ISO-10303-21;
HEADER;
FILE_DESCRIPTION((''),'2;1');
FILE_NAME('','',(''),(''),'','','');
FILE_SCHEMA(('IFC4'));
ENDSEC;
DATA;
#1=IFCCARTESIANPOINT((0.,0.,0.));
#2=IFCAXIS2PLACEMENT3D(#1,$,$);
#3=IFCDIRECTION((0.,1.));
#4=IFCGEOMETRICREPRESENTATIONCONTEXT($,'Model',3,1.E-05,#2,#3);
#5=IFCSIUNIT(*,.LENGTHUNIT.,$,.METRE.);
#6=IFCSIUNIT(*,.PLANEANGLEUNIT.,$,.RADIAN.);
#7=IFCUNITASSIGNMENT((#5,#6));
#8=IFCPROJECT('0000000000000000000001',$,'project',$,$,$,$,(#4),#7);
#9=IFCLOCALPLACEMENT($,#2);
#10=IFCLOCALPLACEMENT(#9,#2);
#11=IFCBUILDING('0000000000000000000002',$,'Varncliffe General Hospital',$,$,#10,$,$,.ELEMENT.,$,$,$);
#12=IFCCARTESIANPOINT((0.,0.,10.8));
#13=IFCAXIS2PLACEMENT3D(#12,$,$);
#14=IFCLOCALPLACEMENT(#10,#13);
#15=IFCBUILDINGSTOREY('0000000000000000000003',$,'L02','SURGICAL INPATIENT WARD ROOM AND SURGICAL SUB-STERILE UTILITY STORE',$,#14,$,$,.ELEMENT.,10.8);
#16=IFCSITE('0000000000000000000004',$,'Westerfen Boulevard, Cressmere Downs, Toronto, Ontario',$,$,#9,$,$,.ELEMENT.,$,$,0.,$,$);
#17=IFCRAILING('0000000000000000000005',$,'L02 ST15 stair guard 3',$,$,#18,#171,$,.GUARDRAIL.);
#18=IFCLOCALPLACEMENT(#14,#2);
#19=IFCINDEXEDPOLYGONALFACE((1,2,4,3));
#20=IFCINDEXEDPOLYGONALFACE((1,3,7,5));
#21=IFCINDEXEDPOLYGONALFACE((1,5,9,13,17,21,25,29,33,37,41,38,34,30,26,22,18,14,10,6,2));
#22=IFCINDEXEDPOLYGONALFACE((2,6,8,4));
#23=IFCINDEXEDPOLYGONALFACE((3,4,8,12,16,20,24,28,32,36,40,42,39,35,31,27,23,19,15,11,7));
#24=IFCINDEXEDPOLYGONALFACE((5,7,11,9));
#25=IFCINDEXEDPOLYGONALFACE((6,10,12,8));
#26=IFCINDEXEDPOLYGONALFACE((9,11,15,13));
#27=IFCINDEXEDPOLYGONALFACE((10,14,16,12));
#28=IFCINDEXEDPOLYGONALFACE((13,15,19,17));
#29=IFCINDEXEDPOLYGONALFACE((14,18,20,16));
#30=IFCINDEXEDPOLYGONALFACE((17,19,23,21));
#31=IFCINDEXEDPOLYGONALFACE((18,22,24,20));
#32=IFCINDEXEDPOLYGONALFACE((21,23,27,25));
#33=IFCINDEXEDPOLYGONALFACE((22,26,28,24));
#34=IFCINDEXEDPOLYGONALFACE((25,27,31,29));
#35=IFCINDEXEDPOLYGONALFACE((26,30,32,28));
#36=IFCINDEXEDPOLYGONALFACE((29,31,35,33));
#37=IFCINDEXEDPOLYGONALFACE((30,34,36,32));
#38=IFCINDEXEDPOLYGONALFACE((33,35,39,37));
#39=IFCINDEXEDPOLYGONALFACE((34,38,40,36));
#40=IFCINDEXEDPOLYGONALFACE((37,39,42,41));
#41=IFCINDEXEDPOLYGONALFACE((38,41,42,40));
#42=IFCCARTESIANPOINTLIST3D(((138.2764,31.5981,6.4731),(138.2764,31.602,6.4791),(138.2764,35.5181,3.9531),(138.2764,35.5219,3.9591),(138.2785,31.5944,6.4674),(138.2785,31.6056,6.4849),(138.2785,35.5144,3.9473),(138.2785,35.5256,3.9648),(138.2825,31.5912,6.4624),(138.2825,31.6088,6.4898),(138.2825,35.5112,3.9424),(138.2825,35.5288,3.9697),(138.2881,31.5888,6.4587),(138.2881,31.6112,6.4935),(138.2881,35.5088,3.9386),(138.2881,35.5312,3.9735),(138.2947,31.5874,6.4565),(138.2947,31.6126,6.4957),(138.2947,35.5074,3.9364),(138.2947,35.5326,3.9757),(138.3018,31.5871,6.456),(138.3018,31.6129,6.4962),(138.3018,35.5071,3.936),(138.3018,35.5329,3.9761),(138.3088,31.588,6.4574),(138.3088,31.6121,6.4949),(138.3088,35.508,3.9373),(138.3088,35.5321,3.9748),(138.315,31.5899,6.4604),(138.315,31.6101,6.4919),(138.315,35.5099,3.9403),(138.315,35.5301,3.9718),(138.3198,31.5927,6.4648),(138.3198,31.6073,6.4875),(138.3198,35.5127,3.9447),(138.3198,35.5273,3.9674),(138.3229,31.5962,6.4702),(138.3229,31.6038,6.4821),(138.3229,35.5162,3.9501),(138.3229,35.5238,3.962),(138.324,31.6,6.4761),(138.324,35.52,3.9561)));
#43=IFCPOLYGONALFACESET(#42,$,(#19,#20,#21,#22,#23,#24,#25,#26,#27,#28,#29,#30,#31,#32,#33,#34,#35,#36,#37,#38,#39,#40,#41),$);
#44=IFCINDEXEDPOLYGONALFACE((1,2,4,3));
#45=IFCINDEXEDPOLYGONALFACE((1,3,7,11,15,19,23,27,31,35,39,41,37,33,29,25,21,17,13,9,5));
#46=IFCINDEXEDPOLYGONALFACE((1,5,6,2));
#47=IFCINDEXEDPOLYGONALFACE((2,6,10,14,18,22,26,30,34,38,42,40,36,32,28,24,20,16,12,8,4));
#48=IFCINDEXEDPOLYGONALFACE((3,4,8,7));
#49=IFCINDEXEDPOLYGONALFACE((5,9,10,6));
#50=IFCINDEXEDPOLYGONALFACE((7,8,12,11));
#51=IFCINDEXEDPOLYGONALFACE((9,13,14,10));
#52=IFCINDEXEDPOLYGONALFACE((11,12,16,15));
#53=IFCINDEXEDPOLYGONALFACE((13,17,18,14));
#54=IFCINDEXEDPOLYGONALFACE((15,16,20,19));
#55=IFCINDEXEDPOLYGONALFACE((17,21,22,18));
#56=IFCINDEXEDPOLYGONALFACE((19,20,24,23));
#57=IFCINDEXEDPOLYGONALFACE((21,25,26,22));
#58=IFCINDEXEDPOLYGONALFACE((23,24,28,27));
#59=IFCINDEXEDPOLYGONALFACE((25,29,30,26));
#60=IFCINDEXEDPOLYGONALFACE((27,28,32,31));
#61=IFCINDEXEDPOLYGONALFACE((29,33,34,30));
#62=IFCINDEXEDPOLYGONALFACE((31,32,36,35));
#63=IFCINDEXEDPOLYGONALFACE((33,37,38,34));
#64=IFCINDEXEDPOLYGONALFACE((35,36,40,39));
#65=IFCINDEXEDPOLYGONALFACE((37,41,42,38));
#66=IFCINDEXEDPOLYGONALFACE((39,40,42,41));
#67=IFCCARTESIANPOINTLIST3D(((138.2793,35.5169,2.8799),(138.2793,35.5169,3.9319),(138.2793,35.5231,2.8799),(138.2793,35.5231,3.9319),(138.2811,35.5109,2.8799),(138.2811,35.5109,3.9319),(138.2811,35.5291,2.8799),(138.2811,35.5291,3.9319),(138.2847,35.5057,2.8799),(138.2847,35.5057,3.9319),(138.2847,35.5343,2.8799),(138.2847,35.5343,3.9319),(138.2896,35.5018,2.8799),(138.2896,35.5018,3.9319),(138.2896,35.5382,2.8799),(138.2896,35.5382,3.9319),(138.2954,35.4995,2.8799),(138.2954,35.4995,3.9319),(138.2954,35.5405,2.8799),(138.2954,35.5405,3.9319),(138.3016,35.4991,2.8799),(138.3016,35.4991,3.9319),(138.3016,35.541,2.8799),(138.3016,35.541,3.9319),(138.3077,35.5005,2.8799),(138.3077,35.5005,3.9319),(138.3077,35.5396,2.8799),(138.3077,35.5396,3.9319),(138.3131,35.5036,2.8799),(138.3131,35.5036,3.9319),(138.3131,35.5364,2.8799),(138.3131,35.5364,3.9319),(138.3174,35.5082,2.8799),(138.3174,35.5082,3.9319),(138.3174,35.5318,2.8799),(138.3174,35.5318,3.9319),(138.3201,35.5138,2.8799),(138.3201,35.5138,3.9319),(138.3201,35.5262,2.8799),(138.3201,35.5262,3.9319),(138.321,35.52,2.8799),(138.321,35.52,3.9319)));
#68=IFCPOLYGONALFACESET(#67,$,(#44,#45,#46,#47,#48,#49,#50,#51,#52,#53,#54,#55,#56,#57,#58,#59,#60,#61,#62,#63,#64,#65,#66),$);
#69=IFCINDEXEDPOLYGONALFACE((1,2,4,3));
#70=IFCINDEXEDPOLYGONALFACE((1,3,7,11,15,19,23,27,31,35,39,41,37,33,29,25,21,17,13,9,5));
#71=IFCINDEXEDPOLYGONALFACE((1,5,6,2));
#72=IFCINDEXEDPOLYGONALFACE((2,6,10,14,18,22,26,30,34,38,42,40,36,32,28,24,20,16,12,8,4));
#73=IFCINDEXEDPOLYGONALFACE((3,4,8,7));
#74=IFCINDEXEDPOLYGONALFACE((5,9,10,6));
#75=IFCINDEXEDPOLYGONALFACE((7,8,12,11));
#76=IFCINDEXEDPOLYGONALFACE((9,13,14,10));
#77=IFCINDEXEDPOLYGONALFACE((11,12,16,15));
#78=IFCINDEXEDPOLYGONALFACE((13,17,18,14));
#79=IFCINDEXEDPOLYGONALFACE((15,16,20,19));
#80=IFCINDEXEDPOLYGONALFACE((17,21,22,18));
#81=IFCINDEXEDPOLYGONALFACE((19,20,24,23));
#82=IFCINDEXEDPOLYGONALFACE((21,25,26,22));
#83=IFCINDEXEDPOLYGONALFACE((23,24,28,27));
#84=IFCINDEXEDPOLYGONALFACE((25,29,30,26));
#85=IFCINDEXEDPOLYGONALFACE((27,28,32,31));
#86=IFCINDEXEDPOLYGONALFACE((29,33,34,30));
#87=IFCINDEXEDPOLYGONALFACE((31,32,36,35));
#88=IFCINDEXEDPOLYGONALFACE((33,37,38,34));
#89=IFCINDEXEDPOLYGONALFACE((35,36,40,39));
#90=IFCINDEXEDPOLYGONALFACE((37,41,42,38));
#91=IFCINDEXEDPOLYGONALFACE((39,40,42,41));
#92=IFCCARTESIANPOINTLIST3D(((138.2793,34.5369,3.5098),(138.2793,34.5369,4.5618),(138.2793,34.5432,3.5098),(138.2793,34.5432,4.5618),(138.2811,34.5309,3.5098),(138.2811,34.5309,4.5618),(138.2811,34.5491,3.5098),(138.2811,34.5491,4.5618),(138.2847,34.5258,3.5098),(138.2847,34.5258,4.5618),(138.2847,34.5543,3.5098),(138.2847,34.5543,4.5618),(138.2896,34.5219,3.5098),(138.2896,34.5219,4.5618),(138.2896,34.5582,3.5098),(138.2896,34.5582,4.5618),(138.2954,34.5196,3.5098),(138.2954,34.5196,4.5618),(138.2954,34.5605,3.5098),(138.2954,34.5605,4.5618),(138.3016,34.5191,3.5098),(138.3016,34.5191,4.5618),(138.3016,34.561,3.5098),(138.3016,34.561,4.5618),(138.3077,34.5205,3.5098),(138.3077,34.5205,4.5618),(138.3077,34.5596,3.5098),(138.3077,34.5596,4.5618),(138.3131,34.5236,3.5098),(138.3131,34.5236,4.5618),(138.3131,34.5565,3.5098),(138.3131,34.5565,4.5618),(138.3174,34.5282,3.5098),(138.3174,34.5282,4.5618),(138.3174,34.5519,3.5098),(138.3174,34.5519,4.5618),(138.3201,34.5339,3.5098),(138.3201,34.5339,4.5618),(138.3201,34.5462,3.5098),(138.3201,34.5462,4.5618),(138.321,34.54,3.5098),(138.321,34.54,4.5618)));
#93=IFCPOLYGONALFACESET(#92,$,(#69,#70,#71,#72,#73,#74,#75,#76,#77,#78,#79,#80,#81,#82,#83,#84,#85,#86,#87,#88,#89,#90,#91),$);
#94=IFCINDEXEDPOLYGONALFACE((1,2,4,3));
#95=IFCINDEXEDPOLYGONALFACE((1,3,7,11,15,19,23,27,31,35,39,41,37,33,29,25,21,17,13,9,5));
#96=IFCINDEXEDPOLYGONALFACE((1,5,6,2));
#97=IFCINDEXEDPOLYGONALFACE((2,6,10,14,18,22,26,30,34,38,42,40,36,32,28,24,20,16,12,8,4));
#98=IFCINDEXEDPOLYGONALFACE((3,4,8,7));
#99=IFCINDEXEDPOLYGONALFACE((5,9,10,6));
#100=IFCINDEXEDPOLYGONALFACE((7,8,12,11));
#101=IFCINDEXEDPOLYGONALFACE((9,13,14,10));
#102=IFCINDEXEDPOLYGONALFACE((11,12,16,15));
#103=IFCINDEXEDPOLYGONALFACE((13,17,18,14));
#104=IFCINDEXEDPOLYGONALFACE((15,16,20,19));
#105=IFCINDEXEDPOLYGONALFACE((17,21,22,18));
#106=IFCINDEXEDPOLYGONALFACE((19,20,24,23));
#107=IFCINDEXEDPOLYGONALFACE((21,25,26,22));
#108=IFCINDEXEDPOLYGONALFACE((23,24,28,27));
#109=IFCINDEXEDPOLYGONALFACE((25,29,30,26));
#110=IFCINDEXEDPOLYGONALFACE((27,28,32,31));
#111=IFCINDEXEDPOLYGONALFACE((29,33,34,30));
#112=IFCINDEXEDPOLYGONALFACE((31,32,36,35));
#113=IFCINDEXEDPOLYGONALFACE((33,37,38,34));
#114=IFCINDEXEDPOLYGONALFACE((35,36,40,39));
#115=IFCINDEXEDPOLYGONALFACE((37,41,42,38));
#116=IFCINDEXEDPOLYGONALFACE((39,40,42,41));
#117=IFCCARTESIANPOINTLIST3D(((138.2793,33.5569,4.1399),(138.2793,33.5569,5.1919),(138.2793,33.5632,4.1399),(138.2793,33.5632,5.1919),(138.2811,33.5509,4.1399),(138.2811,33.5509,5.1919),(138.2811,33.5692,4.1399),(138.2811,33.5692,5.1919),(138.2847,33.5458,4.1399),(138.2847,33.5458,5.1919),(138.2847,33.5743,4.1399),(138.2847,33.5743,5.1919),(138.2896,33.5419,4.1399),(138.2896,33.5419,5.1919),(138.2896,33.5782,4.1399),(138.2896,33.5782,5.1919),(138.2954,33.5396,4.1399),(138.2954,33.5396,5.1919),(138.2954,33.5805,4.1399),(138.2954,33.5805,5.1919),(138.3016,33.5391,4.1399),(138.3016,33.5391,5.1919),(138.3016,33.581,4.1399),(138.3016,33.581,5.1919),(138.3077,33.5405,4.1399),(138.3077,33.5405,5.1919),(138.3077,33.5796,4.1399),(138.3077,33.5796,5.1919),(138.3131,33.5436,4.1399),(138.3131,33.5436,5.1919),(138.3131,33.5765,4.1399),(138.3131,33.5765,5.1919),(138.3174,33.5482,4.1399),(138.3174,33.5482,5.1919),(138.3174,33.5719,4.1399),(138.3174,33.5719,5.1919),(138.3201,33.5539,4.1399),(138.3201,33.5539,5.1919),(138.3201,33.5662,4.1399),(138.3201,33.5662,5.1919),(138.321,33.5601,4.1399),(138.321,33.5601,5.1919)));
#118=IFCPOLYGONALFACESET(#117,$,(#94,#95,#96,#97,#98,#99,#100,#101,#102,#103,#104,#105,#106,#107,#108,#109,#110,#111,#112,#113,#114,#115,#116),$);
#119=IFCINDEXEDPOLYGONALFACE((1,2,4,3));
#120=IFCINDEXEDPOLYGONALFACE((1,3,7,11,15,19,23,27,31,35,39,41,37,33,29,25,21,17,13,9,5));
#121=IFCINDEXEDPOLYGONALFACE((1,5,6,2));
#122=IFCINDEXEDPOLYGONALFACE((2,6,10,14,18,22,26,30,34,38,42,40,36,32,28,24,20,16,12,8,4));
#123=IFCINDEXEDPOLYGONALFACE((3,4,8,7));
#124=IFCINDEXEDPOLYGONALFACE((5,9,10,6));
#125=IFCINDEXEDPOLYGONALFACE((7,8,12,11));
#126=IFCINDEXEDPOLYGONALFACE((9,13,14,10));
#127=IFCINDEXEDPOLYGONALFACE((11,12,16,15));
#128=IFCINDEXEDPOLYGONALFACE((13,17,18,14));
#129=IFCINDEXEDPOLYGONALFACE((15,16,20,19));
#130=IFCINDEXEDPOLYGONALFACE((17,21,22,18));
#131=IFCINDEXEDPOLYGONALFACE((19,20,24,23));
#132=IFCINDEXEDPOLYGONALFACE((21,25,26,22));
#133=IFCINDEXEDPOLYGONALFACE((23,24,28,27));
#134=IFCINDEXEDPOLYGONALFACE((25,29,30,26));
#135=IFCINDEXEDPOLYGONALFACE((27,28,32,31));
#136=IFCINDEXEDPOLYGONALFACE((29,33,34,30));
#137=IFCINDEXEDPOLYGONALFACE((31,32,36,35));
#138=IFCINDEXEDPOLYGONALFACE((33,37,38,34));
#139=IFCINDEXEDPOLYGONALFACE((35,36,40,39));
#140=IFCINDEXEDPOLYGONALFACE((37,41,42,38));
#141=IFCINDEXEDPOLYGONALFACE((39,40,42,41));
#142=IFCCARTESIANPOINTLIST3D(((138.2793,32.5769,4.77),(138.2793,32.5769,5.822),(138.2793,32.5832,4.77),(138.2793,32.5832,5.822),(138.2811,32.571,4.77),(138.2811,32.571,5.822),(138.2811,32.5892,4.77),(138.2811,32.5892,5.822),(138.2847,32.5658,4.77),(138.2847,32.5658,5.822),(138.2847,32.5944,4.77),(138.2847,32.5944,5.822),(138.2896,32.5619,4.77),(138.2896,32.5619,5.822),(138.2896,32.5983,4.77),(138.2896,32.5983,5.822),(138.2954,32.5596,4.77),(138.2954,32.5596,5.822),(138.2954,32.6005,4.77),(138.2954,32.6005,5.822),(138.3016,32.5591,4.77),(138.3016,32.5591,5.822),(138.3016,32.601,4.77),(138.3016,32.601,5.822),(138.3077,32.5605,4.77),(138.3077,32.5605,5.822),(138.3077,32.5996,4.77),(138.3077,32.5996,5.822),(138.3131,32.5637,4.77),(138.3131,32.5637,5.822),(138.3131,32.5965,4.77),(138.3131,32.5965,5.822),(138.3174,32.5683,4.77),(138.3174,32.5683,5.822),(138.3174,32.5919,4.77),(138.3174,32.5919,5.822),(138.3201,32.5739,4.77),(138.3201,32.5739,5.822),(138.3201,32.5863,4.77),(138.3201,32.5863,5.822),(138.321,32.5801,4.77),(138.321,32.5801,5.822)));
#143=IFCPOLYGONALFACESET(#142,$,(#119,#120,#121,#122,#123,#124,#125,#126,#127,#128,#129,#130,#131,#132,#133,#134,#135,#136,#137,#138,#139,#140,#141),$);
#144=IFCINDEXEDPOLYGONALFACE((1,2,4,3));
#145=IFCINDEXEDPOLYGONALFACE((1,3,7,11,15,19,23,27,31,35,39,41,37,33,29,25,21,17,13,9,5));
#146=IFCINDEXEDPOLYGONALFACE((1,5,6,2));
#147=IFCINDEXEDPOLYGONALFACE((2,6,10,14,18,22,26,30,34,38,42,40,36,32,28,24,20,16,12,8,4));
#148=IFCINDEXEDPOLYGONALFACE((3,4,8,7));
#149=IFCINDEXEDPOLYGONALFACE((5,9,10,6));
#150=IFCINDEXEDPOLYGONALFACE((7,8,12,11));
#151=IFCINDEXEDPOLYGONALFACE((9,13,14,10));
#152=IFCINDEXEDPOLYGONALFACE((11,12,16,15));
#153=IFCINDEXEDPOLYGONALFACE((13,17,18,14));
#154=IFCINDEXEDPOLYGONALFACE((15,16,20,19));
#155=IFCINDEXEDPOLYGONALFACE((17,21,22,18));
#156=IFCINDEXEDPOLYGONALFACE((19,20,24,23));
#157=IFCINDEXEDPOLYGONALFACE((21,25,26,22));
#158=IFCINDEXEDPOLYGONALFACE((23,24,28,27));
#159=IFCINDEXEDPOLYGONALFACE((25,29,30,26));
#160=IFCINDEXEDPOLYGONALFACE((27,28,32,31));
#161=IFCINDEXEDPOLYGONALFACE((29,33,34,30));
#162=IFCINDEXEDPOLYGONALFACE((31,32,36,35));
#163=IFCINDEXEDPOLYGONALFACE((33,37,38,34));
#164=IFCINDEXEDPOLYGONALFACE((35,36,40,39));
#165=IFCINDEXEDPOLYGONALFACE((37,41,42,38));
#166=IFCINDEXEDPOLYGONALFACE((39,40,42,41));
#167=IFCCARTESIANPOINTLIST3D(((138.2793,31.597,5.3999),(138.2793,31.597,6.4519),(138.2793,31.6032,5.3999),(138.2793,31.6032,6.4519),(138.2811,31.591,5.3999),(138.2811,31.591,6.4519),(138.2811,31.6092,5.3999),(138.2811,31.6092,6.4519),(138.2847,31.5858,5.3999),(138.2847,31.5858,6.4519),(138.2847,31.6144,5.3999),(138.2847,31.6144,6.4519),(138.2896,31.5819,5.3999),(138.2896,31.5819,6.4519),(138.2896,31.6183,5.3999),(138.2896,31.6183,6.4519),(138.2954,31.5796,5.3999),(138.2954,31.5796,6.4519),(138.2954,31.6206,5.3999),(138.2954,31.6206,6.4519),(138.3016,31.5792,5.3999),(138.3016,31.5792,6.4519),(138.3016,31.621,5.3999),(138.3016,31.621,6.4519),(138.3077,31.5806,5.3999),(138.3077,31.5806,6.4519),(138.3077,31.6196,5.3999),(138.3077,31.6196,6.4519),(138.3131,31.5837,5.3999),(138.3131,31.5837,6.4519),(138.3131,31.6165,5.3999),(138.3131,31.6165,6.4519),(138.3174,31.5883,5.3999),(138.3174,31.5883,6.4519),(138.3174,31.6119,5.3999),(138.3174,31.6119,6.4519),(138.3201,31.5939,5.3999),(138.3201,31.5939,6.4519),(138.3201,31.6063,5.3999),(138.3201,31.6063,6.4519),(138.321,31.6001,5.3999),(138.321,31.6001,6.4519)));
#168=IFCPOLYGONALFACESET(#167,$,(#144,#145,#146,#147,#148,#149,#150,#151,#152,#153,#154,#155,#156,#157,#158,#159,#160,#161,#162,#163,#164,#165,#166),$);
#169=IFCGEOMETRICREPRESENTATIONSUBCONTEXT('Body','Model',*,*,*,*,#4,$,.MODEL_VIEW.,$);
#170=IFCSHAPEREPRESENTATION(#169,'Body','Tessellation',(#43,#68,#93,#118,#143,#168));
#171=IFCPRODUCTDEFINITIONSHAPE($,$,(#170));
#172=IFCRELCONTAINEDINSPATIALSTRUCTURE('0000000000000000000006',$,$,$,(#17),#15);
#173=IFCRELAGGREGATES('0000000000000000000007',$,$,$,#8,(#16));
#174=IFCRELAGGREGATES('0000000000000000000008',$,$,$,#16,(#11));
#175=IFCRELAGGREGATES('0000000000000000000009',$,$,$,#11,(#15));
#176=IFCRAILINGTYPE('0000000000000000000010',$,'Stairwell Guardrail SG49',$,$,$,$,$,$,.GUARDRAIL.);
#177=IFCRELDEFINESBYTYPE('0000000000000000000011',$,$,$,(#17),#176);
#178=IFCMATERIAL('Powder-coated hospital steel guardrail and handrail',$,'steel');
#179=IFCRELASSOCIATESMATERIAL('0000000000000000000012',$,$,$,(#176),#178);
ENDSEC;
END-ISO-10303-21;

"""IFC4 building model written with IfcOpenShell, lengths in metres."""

from ifc_helpers import new_model, si_unit, direction, frame, origin, origin_2d, place, context, subcontext, project, spatial, circle, extrude, material, type_object, element, save


model = new_model("IFC4")

# Units and contexts
model_context = context("Model", 3, precision=1e-05, world=origin(), true_north=direction((0.0, 1.0)))
body_context = subcontext(model_context, "Body", "Model", "MODEL_VIEW")
ifc_project = project(units=[si_unit("LENGTHUNIT", "METRE"), si_unit("PLANEANGLEUNIT", "RADIAN")], contexts=[model_context])

# Site, building, storey
site_placement = place(None, origin())
site = spatial("IfcSite", under=ifc_project, at=site_placement, Name="Westerfen Boulevard, Cressmere Downs, Toronto, Ontario", CompositionType="ELEMENT", RefElevation=0.0)
building_placement = place(site_placement, origin())
building = spatial("IfcBuilding", under=site, at=building_placement, Name="Varncliffe General Hospital", CompositionType="ELEMENT")
storey_placement = place(building_placement, frame((0.0, 0.0, 10.8)))
storey = spatial("IfcBuildingStorey", under=building, at=storey_placement, Name="L02", Description="SURGICAL INPATIENT WARD ROOM AND SURGICAL SUB-STERILE UTILITY STORE", CompositionType="ELEMENT", Elevation=10.8)

# Railing
ifc_material_1 = material(Name="Powder-coated hospital steel guardrail and handrail", Category="steel")
railing_type_1 = type_object("IfcRailingType", Name="Stairwell Guardrail SG49", PredefinedType="GUARDRAIL", material=ifc_material_1)
railing_1_placement = place(storey_placement, frame((138.3, 35.52, 2.8799)))
element("IfcRailing", 1, at=railing_1_placement, inside=storey, type_object=railing_type_1, Name="L02 ST15 stair guard 3", PredefinedType="GUARDRAIL", context=body_context, shape_type="SweptSolid", body=[
    extrude(circle(Radius=0.0239, at=origin_2d()), frame((0.0, 0.0, 1.0762), z_axis=(0.0, -0.841172, 0.540768), x_axis=(1.0, 0.0, 0.0)), (0.0, 0.0, 1.0), 4.6602),
    extrude(circle(Radius=0.021, at=origin_2d()), origin(), (0.0, 0.0, 1.0), 1.052),
    extrude(circle(Radius=0.021, at=origin_2d()), frame((0.0, -0.98, 0.6299)), (0.0, 0.0, 1.0), 1.052),
    extrude(circle(Radius=0.021, at=origin_2d()), frame((0.0, -1.96, 1.26)), (0.0, 0.0, 1.0), 1.052),
    extrude(circle(Radius=0.021, at=origin_2d()), frame((0.0, -2.9399, 1.8901)), (0.0, 0.0, 1.0), 1.052),
    extrude(circle(Radius=0.021, at=origin_2d()), frame((0.0, -3.9199, 2.52)), (0.0, 0.0, 1.0), 1.052),
])

save(model, "model.ifc")
